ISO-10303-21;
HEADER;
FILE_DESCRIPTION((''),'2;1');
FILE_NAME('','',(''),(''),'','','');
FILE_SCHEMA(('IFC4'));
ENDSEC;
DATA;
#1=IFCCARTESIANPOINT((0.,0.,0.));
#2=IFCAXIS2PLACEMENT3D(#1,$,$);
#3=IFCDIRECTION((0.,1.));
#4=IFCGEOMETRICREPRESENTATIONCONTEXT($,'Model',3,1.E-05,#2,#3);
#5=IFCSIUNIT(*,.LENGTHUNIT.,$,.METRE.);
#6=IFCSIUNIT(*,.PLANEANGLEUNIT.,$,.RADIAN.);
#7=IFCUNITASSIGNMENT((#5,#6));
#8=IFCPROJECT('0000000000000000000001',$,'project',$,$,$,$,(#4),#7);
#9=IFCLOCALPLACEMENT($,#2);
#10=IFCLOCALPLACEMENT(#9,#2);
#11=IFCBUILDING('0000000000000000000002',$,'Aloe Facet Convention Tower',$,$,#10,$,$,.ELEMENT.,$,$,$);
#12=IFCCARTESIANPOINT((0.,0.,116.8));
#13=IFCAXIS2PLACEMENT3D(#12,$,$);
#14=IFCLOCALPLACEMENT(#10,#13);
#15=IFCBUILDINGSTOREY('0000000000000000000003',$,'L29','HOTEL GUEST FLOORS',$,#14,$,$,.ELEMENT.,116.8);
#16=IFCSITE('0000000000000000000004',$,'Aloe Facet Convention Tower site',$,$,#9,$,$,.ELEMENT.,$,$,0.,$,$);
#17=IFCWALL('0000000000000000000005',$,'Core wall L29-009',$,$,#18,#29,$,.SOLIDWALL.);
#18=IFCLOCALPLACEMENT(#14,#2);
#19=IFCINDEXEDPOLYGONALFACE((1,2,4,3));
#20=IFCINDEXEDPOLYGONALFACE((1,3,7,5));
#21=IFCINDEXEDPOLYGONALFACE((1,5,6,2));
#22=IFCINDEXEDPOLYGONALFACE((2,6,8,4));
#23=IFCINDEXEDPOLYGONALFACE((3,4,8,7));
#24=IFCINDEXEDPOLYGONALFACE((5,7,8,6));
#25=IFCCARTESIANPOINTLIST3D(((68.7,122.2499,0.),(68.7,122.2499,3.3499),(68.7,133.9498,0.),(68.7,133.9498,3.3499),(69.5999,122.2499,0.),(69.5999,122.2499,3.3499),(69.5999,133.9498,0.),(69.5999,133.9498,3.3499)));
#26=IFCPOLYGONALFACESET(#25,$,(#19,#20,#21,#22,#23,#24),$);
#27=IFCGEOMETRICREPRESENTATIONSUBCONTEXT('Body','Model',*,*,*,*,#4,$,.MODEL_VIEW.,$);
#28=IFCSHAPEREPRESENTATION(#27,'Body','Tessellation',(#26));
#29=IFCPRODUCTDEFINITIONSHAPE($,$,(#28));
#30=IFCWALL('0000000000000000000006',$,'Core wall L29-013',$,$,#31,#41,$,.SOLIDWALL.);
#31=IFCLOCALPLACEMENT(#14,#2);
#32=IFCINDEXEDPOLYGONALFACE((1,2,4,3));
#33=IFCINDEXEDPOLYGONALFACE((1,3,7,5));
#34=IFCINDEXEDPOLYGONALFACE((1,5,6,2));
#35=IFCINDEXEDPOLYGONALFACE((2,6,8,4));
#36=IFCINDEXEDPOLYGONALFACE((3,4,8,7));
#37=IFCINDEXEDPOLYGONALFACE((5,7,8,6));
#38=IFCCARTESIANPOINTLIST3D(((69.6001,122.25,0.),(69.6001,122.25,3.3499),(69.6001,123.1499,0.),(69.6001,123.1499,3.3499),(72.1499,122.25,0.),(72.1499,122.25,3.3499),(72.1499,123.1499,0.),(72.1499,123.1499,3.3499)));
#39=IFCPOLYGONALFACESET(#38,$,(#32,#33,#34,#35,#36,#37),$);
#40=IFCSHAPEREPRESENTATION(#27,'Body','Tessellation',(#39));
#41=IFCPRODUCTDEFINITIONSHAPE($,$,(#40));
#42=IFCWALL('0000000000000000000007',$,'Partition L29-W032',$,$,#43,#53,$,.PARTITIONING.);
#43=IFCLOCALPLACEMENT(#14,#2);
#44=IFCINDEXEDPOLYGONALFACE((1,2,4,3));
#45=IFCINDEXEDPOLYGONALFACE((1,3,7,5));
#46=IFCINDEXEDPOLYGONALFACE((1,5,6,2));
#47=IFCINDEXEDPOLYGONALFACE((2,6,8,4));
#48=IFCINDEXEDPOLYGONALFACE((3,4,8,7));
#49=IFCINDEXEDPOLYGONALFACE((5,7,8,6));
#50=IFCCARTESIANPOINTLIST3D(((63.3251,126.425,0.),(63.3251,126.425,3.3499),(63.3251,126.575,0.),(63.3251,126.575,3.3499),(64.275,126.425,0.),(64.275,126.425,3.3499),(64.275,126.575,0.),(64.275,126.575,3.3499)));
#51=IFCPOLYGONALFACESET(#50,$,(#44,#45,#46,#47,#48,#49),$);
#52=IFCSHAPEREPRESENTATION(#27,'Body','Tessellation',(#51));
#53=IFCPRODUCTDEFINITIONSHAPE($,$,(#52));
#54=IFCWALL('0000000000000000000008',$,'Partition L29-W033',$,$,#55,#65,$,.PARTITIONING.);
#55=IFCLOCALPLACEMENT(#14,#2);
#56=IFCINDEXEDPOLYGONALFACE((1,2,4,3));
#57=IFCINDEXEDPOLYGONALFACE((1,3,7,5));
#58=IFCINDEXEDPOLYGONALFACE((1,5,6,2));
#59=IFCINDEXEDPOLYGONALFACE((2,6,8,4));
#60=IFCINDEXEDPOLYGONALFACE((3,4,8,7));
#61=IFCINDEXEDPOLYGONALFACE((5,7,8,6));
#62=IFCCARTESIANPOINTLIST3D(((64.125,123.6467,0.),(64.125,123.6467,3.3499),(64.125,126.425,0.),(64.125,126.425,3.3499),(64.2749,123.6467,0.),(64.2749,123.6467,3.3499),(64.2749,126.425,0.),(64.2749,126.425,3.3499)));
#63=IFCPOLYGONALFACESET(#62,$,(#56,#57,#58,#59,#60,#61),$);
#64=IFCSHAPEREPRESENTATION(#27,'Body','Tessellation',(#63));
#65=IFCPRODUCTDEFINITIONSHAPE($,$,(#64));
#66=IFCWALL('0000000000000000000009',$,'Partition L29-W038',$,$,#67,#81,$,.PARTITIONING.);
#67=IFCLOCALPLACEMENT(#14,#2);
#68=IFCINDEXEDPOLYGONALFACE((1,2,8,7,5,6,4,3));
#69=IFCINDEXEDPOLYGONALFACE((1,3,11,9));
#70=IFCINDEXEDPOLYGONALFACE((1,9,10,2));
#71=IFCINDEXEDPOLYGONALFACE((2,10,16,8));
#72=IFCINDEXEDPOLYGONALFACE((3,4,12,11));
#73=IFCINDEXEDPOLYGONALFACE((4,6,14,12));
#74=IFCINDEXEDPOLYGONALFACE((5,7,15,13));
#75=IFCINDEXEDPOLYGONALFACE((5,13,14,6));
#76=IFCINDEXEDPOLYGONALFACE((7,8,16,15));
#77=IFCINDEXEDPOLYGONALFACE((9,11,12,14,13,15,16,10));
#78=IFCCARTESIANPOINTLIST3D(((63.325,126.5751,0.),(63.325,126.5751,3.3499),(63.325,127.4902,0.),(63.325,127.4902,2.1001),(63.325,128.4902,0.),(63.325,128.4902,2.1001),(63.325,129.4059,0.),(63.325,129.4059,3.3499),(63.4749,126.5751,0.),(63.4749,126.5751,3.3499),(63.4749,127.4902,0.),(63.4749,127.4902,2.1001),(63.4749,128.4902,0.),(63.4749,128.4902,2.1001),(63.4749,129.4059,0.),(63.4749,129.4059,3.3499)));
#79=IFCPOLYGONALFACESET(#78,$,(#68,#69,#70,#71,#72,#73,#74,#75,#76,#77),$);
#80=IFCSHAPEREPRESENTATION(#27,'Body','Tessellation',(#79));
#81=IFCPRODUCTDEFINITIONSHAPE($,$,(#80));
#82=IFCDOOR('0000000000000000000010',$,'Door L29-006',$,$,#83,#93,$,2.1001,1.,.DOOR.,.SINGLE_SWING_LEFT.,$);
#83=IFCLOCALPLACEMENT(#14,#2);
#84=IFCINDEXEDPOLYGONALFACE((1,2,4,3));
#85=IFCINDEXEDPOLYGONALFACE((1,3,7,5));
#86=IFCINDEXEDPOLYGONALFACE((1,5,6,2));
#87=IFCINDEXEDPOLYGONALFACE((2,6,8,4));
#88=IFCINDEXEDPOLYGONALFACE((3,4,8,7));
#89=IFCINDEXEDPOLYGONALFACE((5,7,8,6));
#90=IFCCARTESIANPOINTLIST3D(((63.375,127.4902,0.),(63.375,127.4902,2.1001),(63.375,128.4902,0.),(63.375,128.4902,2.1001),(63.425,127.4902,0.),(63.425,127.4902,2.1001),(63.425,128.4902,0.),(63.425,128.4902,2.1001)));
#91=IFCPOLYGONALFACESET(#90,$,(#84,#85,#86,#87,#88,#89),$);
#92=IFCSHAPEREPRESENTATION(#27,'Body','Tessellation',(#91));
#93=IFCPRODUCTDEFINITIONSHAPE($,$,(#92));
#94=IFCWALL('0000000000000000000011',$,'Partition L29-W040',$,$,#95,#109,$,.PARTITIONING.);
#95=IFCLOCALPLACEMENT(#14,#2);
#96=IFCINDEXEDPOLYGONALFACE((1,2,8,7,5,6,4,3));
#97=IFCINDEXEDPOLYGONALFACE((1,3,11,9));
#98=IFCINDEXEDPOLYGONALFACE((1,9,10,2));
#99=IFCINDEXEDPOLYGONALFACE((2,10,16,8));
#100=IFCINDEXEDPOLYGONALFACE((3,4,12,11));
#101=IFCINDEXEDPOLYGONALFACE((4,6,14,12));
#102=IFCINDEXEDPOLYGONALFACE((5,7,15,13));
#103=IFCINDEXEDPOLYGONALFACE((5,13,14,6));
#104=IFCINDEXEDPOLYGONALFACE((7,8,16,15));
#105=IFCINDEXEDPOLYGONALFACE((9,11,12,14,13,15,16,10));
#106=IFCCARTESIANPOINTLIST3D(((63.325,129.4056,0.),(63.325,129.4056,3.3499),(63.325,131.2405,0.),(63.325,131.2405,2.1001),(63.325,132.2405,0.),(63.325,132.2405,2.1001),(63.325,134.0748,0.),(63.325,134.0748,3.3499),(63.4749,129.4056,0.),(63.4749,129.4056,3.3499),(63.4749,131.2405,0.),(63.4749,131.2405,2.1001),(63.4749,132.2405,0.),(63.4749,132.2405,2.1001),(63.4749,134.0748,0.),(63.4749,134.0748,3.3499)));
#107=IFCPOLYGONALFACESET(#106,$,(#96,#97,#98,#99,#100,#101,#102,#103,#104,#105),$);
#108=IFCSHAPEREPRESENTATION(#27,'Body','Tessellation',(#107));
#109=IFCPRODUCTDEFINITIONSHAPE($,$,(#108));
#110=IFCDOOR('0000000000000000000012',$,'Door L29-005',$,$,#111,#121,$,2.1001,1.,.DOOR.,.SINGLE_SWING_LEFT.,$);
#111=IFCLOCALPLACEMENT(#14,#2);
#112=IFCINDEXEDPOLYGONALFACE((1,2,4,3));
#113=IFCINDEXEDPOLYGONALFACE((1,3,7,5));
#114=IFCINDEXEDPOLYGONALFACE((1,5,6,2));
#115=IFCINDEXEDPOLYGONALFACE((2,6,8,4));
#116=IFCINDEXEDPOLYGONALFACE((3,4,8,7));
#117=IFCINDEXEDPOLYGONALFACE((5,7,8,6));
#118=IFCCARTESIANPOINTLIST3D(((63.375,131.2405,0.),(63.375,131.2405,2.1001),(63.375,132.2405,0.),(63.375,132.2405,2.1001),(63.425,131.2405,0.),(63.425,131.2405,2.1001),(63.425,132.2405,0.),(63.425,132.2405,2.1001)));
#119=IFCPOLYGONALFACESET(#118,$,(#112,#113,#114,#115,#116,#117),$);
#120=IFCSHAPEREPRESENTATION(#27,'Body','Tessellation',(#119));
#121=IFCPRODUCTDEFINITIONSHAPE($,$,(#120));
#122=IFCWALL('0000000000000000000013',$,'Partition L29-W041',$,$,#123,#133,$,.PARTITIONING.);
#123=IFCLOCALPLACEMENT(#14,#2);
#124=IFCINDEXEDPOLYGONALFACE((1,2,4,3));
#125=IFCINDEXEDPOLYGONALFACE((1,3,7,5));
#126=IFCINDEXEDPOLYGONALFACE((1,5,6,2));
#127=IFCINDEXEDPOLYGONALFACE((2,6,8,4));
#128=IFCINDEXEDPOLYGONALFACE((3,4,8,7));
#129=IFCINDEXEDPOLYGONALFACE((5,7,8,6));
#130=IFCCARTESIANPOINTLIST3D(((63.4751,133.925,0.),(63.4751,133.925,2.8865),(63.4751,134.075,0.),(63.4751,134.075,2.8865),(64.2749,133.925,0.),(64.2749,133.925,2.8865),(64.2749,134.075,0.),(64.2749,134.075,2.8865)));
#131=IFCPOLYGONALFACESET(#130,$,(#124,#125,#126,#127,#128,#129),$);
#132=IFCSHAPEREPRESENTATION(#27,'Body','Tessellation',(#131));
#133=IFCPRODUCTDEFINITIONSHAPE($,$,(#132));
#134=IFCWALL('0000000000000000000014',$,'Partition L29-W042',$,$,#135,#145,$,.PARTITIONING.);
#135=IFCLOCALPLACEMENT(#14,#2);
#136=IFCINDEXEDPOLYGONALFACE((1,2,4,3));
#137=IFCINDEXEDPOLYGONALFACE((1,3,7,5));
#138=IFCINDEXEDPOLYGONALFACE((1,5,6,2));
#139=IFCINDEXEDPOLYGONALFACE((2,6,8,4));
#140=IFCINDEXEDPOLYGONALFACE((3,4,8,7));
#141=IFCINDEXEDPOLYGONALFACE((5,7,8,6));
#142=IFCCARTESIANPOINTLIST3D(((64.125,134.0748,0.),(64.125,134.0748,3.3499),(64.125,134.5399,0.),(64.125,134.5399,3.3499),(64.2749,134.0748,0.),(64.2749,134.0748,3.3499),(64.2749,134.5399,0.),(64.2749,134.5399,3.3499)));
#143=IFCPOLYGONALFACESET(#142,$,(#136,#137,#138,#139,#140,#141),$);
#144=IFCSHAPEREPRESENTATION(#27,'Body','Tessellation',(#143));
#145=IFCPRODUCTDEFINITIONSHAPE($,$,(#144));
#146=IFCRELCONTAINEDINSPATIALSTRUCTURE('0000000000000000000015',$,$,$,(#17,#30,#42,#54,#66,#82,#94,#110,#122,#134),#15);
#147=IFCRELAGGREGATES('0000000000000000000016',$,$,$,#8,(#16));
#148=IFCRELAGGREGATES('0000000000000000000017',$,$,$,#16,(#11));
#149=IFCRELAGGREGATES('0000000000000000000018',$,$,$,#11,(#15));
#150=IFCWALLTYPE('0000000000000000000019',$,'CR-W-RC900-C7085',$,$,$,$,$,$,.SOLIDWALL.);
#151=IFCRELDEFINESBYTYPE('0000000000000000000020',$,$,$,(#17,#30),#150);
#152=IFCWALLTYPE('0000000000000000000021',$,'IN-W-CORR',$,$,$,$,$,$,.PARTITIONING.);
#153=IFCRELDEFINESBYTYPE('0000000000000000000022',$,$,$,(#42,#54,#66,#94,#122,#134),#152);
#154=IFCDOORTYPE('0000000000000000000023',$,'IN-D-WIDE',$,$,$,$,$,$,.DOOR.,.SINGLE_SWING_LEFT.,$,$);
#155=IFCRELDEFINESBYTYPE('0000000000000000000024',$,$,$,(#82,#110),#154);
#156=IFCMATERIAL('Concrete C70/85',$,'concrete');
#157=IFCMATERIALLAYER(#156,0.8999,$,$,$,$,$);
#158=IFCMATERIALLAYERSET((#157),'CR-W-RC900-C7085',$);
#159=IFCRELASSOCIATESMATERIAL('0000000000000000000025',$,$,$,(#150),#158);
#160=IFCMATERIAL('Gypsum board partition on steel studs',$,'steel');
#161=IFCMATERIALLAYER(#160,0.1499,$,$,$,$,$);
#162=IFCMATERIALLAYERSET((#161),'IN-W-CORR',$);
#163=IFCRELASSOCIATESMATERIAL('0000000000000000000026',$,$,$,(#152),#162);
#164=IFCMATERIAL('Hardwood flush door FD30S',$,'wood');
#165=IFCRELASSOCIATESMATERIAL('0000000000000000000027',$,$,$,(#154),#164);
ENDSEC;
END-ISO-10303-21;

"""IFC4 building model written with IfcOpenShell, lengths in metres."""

from ifc_helpers import new_model, si_unit, direction, frame, frame_2d, origin, place, context, subcontext, project, spatial, rectangle, extrude, material, layer, layer_set, type_object, element, fill, save


model = new_model("IFC4")

# Units and contexts
model_context = context("Model", 3, precision=1e-05, world=origin(), true_north=direction((0.0, 1.0)))
body_context = subcontext(model_context, "Body", "Model", "MODEL_VIEW")
ifc_project = project(units=[si_unit("LENGTHUNIT", "METRE"), si_unit("PLANEANGLEUNIT", "RADIAN")], contexts=[model_context])

# Site, building, storey
site_placement = place(None, origin())
site = spatial("IfcSite", under=ifc_project, at=site_placement, Name="Aloe Facet Convention Tower site", CompositionType="ELEMENT", RefElevation=0.0)
building_placement = place(site_placement, origin())
building = spatial("IfcBuilding", under=site, at=building_placement, Name="Aloe Facet Convention Tower", CompositionType="ELEMENT")
storey_placement = place(building_placement, frame((0.0, 0.0, 116.8)))
storey = spatial("IfcBuildingStorey", under=building, at=storey_placement, Name="L29", Description="HOTEL GUEST FLOORS", CompositionType="ELEMENT", Elevation=116.8)

# Walls
ifc_material_1 = material(Name="Concrete C70/85", Category="concrete")
ifc_layer_1 = layer(ifc_material_1, 0.8999)
ifc_layer_set_1 = layer_set([ifc_layer_1], Name="CR-W-RC900-C7085")
wall_type_1 = type_object("IfcWallType", Name="CR-W-RC900-C7085", PredefinedType="SOLIDWALL", material=ifc_layer_set_1)
wall_1_placement = place(storey_placement, frame((69.1499, 133.95, 0.0), z_axis=(0.0, 0.0, 1.0), x_axis=(0.0, -1.0, 0.0)))
element("IfcWall", 1, at=wall_1_placement, inside=storey, type_object=wall_type_1, Name="Core wall L29-009", PredefinedType="SOLIDWALL", context=body_context, shape_type="SweptSolid", body=[
    extrude(rectangle(XDim=11.7, YDim=0.8999, at=frame_2d((5.8501, 0.0))), origin(), (0.0, 0.0, 1.0), 3.3499),
])
wall_2_placement = place(storey_placement, frame((69.6001, 122.7, 0.0), z_axis=(0.0, 0.0, 1.0), x_axis=(1.0, 0.0, 0.0)))
element("IfcWall", 2, at=wall_2_placement, inside=storey, type_object=wall_type_1, Name="Core wall L29-013", PredefinedType="SOLIDWALL", context=body_context, shape_type="SweptSolid", body=[
    extrude(rectangle(XDim=2.5498, YDim=0.8999, at=frame_2d((1.2749, 0.0))), origin(), (0.0, 0.0, 1.0), 3.3499),
])
ifc_material_2 = material(Name="Gypsum board partition on steel studs", Category="steel")
ifc_layer_2 = layer(ifc_material_2, 0.1499)
ifc_layer_set_2 = layer_set([ifc_layer_2], Name="IN-W-CORR")
wall_type_2 = type_object("IfcWallType", Name="IN-W-CORR", PredefinedType="PARTITIONING", material=ifc_layer_set_2)
wall_3_placement = place(storey_placement, frame((63.325, 126.5, 0.0), z_axis=(0.0, 0.0, 1.0), x_axis=(1.0, 0.0, 0.0)))
element("IfcWall", 3, at=wall_3_placement, inside=storey, type_object=wall_type_2, Name="Partition L29-W032", PredefinedType="PARTITIONING", context=body_context, shape_type="SweptSolid", body=[
    extrude(rectangle(XDim=0.95, YDim=0.1499, at=frame_2d((0.4751, 0.0))), origin(), (0.0, 0.0, 1.0), 3.3499),
])
wall_4_placement = place(storey_placement, frame((64.2, 123.6467, 0.0), z_axis=(0.0, 0.0, 1.0), x_axis=(0.0, 1.0, 0.0)))
element("IfcWall", 4, at=wall_4_placement, inside=storey, type_object=wall_type_2, Name="Partition L29-W033", PredefinedType="PARTITIONING", context=body_context, shape_type="SweptSolid", body=[
    extrude(rectangle(XDim=2.7783, YDim=0.1499, at=frame_2d((1.3892, 0.0))), origin(), (0.0, 0.0, 1.0), 3.3499),
])

# Walls, openings, doors
wall_5_placement = place(storey_placement, frame((63.3999, 126.575, 0.0), z_axis=(0.0, 0.0, 1.0), x_axis=(0.0, 1.0, 0.0)))
wall_5 = element("IfcWall", 5, at=wall_5_placement, inside=storey, type_object=wall_type_2, Name="Partition L29-W038", PredefinedType="PARTITIONING", context=body_context, shape_type="SweptSolid", body=[
    extrude(rectangle(XDim=2.8308, YDim=0.1499, at=frame_2d((1.4155, 0.0))), origin(), (0.0, 0.0, 1.0), 3.3499),
])
opening_1_placement = place(wall_5_placement, frame((0.9153, 0.0, 0.0)))
opening_1 = element("IfcOpeningElement", 6, at=opening_1_placement, cuts=wall_5, PredefinedType="OPENING", context=body_context, shape_type="SweptSolid", body=[
    extrude(rectangle(XDim=1.0, YDim=2.1001, at=frame_2d((0.5, 1.05))), frame((0.0, 0.085, 0.0), z_axis=(0.0, -1.0, 0.0), x_axis=(1.0, 0.0, 0.0)), (0.0, 0.0, 1.0), 0.1699),
])
ifc_material_3 = material(Name="Hardwood flush door FD30S", Category="wood")
door_type_1 = type_object("IfcDoorType", Name="IN-D-WIDE", OperationType="SINGLE_SWING_LEFT", PredefinedType="DOOR", material=ifc_material_3)
door_1_placement = place(opening_1_placement, origin())
door_1 = element("IfcDoor", 7, at=door_1_placement, inside=storey, type_object=door_type_1, Name="Door L29-006", OperationType="SINGLE_SWING_LEFT", OverallHeight=2.1001, OverallWidth=1.0, PredefinedType="DOOR", context=body_context, shape_type="SweptSolid", body=[
    extrude(rectangle(XDim=1.0, YDim=2.1001, at=frame_2d((0.5, 1.05))), frame((0.0, 0.0249, 0.0), z_axis=(0.0, -1.0, 0.0), x_axis=(1.0, 0.0, 0.0)), (0.0, 0.0, 1.0), 0.05),
])
fill(opening_1, door_1)
wall_6_placement = place(storey_placement, frame((63.3999, 129.4058, 0.0), z_axis=(0.0, 0.0, 1.0), x_axis=(0.0, 1.0, 0.0)))
wall_6 = element("IfcWall", 8, at=wall_6_placement, inside=storey, type_object=wall_type_2, Name="Partition L29-W040", PredefinedType="PARTITIONING", context=body_context, shape_type="SweptSolid", body=[
    extrude(rectangle(XDim=4.6692, YDim=0.1499, at=frame_2d((2.3345, 0.0))), origin(), (0.0, 0.0, 1.0), 3.3499),
])
opening_2_placement = place(wall_6_placement, frame((1.8347, 0.0, 0.0)))
opening_2 = element("IfcOpeningElement", 9, at=opening_2_placement, cuts=wall_6, PredefinedType="OPENING", context=body_context, shape_type="SweptSolid", body=[
    extrude(rectangle(XDim=1.0, YDim=2.1001, at=frame_2d((0.5, 1.05))), frame((0.0, 0.085, 0.0), z_axis=(0.0, -1.0, 0.0), x_axis=(1.0, 0.0, 0.0)), (0.0, 0.0, 1.0), 0.1699),
])
door_2_placement = place(opening_2_placement, origin())
door_2 = element("IfcDoor", 10, at=door_2_placement, inside=storey, type_object=door_type_1, Name="Door L29-005", OperationType="SINGLE_SWING_LEFT", OverallHeight=2.1001, OverallWidth=1.0, PredefinedType="DOOR", context=body_context, shape_type="SweptSolid", body=[
    extrude(rectangle(XDim=1.0, YDim=2.1001, at=frame_2d((0.5, 1.05))), frame((0.0, 0.0249, 0.0), z_axis=(0.0, -1.0, 0.0), x_axis=(1.0, 0.0, 0.0)), (0.0, 0.0, 1.0), 0.05),
])
fill(opening_2, door_2)

# Walls
wall_7_placement = place(storey_placement, frame((63.4751, 134.0, 0.0), z_axis=(0.0, 0.0, 1.0), x_axis=(1.0, 0.0, 0.0)))
element("IfcWall", 11, at=wall_7_placement, inside=storey, type_object=wall_type_2, Name="Partition L29-W041", PredefinedType="PARTITIONING", context=body_context, shape_type="SweptSolid", body=[
    extrude(rectangle(XDim=0.7998, YDim=0.1499, at=frame_2d((0.3999, 0.0))), origin(), (0.0, 0.0, 1.0), 2.8865),
])
wall_8_placement = place(storey_placement, frame((64.2, 134.075, 0.0), z_axis=(0.0, 0.0, 1.0), x_axis=(0.0, 1.0, 0.0)))
element("IfcWall", 12, at=wall_8_placement, inside=storey, type_object=wall_type_2, Name="Partition L29-W042", PredefinedType="PARTITIONING", context=body_context, shape_type="SweptSolid", body=[
    extrude(rectangle(XDim=0.4651, YDim=0.1499, at=frame_2d((0.2324, 0.0))), origin(), (0.0, 0.0, 1.0), 3.3499),
])

save(model, "model.ifc")
